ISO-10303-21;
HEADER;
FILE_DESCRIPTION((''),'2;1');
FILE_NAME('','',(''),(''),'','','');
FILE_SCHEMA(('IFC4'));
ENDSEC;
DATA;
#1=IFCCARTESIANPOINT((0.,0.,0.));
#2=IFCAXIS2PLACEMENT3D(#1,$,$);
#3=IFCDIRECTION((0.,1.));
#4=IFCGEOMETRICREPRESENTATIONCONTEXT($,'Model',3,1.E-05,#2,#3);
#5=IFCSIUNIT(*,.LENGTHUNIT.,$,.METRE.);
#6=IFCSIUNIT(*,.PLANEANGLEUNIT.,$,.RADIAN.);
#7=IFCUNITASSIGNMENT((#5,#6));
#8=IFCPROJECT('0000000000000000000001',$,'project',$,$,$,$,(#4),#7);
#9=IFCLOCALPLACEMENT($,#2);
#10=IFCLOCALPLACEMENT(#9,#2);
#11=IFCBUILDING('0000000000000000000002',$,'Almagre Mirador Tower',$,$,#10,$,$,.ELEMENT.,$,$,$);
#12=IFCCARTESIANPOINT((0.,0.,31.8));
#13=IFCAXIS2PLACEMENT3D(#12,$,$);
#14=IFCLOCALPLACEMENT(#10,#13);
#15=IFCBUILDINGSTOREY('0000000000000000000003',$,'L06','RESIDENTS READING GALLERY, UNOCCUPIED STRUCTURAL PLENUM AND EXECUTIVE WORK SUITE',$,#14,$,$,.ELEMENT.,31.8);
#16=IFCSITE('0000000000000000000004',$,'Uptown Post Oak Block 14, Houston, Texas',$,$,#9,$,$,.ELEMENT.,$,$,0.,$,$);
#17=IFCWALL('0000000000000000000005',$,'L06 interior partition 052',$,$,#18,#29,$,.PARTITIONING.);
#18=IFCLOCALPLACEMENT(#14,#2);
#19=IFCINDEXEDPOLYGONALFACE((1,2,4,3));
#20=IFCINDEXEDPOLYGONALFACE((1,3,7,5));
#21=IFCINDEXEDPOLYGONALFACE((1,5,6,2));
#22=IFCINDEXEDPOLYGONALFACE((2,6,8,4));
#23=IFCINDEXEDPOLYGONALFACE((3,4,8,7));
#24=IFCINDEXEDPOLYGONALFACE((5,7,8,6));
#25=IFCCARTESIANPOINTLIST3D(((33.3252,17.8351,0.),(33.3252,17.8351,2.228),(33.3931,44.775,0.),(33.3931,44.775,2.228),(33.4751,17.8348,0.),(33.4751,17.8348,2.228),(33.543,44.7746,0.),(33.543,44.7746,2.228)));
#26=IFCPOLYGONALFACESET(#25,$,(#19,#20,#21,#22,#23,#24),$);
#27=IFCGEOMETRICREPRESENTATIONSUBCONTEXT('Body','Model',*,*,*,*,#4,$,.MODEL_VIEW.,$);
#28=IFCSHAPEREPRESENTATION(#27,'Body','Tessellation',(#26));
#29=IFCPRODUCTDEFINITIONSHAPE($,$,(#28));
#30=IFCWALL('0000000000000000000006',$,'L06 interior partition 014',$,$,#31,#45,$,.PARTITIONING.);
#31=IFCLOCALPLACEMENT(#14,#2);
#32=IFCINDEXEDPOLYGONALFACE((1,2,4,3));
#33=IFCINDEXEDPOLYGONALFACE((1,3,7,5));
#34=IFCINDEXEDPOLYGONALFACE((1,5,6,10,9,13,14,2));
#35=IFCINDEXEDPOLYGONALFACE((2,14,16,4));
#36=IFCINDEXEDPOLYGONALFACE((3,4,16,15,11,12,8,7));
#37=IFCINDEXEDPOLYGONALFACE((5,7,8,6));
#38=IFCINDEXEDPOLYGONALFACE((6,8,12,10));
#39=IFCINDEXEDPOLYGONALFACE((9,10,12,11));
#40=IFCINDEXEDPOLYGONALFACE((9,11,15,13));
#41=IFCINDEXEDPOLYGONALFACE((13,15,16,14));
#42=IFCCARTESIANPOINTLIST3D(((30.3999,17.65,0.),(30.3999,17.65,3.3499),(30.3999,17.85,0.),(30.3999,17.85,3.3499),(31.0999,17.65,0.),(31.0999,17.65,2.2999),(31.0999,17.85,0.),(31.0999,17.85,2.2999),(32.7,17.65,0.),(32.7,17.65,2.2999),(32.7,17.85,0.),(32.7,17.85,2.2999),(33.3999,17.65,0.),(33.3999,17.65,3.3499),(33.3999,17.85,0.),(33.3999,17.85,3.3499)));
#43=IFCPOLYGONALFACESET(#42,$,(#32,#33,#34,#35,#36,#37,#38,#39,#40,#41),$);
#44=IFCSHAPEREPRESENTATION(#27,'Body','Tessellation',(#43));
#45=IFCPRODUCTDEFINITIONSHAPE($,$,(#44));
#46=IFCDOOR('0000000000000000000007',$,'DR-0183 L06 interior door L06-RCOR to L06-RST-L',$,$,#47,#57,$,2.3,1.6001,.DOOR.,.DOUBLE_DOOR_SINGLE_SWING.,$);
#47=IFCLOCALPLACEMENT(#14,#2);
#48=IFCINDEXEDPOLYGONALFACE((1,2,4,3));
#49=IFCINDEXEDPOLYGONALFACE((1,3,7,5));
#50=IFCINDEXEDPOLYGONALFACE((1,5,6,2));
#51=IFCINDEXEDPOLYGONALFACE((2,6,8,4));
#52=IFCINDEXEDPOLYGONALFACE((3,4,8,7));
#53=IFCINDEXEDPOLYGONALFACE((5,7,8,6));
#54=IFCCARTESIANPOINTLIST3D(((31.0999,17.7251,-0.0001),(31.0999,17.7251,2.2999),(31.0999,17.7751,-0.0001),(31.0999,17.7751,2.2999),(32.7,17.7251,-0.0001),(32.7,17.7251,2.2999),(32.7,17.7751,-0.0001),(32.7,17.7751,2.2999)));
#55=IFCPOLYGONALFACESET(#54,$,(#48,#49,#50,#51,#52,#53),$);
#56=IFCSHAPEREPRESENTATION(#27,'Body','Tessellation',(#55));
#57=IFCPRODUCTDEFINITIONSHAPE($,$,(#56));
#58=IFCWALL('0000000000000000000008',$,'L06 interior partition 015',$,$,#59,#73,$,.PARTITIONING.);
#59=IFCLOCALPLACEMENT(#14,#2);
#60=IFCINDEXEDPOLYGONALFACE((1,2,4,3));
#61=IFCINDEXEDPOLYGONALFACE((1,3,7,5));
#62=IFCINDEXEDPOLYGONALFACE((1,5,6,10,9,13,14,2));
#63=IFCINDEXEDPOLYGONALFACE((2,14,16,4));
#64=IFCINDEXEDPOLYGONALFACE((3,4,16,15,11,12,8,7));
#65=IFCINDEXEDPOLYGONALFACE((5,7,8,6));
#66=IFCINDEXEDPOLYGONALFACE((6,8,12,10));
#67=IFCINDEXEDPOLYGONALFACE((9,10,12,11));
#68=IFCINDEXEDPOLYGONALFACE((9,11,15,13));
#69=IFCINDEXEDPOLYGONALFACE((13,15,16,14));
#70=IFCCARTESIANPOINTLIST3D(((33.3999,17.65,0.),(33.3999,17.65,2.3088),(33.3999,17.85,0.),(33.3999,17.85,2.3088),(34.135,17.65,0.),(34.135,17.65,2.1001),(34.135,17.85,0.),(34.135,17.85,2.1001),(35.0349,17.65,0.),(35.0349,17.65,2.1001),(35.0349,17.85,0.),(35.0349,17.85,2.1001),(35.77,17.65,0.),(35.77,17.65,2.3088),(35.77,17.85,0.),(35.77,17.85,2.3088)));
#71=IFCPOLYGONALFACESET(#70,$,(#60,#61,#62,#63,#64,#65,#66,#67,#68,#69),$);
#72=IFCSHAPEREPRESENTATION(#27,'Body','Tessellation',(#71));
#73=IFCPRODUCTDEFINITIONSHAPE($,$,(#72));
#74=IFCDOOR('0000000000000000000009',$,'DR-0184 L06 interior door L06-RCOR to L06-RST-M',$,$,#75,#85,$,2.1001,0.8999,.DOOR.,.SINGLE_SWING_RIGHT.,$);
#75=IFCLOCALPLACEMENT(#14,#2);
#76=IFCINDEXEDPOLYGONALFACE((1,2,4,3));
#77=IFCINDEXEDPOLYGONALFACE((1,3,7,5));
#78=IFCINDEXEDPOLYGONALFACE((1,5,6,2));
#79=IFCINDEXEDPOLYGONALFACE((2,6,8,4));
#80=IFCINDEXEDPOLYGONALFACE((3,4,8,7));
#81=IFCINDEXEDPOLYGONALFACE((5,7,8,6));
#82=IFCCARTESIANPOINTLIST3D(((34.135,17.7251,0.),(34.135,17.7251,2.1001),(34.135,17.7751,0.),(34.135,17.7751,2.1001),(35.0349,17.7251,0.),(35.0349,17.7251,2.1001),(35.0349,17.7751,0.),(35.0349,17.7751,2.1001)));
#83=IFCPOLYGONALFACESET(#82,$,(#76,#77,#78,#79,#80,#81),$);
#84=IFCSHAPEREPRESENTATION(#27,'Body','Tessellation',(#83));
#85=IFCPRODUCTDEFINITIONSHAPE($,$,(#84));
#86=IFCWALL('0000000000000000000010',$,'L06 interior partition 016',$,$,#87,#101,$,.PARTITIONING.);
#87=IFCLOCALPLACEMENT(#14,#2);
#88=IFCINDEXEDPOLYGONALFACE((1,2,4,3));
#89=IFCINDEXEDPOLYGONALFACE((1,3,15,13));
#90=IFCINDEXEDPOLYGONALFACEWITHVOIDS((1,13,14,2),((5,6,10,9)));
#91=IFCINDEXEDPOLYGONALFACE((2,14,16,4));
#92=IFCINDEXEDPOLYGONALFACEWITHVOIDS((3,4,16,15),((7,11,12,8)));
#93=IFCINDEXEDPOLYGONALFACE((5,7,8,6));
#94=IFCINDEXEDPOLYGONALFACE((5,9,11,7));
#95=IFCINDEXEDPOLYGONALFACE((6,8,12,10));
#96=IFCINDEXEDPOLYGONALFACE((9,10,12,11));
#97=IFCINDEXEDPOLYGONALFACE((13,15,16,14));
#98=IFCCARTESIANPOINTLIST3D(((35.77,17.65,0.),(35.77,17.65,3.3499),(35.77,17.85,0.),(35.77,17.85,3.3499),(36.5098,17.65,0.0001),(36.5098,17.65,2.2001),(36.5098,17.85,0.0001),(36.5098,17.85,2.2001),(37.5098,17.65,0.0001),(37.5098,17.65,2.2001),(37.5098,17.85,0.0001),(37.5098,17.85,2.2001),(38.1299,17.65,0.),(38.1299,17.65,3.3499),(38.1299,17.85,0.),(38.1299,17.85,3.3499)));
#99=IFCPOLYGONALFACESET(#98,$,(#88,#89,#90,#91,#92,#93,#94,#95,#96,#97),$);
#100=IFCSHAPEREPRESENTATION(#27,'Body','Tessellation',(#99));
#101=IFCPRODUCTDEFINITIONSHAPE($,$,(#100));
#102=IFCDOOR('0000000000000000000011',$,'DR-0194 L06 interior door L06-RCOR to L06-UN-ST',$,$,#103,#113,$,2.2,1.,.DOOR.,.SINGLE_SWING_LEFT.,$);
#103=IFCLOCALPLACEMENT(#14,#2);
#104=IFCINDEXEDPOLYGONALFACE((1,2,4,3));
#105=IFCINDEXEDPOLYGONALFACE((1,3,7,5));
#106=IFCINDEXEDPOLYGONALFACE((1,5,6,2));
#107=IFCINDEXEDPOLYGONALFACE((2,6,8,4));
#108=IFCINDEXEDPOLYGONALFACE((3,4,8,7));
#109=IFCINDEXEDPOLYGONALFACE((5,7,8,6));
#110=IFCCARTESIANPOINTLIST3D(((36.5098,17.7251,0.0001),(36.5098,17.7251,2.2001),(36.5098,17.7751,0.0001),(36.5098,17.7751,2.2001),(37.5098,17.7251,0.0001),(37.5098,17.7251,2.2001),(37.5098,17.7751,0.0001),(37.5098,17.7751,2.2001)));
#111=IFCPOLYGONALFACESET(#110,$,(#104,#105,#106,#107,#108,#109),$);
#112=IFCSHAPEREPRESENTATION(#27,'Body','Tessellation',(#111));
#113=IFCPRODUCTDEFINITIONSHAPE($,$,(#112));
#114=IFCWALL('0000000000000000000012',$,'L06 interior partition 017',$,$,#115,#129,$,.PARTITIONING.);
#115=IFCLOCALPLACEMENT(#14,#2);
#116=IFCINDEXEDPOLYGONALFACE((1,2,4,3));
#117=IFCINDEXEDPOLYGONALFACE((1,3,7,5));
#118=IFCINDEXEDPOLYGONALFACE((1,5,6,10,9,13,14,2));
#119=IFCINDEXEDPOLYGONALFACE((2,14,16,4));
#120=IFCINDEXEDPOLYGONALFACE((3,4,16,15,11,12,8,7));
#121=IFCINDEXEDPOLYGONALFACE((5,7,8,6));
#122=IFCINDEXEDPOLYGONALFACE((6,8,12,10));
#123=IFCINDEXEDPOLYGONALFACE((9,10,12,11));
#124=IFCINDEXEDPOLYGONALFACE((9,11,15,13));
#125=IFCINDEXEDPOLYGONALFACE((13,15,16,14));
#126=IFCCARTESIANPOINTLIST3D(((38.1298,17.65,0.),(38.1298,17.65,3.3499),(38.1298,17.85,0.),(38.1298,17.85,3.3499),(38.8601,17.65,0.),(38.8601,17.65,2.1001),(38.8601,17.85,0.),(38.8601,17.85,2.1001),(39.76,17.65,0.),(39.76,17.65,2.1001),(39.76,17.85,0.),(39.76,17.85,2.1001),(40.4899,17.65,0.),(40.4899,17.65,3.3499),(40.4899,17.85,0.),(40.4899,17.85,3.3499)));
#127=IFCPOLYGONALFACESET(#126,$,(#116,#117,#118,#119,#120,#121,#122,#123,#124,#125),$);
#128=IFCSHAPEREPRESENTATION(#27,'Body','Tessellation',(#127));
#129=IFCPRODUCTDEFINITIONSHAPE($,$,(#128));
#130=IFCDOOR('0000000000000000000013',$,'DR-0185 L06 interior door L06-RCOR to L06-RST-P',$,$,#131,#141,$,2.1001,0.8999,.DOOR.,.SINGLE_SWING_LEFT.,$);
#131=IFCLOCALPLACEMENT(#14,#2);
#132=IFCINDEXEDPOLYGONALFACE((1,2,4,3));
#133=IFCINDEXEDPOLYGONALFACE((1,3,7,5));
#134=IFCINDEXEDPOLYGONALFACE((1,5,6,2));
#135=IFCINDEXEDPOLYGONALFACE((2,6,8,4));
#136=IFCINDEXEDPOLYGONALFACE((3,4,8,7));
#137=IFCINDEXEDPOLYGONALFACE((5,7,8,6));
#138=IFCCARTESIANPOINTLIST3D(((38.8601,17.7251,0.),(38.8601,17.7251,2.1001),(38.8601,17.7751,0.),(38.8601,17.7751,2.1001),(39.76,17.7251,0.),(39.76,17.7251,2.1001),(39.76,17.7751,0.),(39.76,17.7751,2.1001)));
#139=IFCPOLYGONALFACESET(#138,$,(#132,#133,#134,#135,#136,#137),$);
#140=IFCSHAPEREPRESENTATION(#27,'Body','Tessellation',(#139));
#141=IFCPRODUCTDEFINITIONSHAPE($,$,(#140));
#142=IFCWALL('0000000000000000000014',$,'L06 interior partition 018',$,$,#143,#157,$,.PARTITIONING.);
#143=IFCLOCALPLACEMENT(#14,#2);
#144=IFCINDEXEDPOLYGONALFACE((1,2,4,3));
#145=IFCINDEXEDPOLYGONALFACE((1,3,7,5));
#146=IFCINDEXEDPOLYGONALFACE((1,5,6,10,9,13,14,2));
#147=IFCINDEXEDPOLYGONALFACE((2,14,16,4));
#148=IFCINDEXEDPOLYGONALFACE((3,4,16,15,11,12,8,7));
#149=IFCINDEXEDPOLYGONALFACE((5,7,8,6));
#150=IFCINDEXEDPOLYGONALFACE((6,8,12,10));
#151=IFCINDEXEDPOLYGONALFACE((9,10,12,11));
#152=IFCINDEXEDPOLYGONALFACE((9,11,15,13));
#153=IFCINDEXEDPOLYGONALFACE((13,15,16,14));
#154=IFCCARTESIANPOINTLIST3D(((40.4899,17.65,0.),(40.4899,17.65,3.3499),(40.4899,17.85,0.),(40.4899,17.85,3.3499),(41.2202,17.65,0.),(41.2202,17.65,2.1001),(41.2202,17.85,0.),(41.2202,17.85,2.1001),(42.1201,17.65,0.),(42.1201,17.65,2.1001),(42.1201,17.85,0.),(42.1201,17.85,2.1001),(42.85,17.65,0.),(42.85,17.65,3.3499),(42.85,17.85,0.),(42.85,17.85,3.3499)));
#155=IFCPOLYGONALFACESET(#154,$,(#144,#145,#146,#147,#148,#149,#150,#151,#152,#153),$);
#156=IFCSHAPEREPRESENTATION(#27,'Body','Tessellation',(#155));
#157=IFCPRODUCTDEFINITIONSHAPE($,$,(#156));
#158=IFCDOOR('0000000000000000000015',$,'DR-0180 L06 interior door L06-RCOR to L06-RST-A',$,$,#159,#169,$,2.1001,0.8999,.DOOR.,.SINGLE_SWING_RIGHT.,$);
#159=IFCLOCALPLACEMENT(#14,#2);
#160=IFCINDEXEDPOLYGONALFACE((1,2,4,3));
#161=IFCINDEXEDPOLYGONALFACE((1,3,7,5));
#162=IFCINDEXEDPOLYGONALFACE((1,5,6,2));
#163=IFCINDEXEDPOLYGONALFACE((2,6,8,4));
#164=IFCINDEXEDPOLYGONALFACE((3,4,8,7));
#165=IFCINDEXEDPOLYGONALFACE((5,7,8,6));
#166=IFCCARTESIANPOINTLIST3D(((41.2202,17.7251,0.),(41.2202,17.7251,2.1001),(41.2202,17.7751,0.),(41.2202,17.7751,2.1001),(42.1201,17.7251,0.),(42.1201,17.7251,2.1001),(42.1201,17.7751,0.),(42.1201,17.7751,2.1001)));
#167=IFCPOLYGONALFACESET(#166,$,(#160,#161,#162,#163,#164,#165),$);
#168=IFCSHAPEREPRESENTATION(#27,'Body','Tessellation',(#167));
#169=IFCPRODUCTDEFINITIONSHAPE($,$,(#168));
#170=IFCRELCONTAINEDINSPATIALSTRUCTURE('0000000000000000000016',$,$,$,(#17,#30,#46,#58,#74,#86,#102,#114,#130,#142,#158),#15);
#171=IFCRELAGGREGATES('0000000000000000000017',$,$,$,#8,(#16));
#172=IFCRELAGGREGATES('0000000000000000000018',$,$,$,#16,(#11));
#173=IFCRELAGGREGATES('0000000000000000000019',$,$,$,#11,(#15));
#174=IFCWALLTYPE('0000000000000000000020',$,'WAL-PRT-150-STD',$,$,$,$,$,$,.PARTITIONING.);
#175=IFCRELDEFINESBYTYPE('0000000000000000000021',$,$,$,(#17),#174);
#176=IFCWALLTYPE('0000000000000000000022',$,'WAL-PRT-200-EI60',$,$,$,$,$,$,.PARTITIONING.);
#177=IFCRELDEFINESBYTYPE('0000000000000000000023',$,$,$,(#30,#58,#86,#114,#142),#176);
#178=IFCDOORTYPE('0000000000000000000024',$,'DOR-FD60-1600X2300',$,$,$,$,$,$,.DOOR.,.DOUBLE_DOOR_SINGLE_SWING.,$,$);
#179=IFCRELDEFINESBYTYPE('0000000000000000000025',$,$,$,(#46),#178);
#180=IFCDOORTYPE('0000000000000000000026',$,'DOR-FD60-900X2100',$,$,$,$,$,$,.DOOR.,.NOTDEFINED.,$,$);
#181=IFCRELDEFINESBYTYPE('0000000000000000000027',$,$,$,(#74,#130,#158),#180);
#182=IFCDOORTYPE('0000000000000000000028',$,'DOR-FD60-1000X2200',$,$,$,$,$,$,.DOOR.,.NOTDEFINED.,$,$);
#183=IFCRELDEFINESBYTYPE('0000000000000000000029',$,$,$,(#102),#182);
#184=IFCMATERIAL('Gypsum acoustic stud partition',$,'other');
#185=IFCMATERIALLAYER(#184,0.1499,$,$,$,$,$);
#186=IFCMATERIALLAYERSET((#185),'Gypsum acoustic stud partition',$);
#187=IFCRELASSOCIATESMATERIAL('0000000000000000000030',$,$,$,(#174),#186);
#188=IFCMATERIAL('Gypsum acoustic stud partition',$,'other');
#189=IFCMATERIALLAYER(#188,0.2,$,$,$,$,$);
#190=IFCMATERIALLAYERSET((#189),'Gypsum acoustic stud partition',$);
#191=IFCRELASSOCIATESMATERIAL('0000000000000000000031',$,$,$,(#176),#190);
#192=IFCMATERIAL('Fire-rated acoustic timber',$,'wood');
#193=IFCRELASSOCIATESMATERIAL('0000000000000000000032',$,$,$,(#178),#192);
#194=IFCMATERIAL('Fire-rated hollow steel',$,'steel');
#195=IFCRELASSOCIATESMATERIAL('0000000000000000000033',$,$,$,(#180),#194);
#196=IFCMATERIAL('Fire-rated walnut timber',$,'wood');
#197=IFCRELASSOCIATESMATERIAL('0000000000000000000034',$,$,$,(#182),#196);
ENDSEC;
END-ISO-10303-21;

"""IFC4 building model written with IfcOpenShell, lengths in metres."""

from ifc_helpers import new_model, si_unit, direction, frame, frame_2d, origin, place, context, subcontext, project, spatial, rectangle, extrude, material, layer, layer_set, type_object, element, fill, save


model = new_model("IFC4")

# Units and contexts
model_context = context("Model", 3, precision=1e-05, world=origin(), true_north=direction((0.0, 1.0)))
body_context = subcontext(model_context, "Body", "Model", "MODEL_VIEW")
ifc_project = project(units=[si_unit("LENGTHUNIT", "METRE"), si_unit("PLANEANGLEUNIT", "RADIAN")], contexts=[model_context])

# Site, building, storey
site_placement = place(None, origin())
site = spatial("IfcSite", under=ifc_project, at=site_placement, Name="Uptown Post Oak Block 14, Houston, Texas", CompositionType="ELEMENT", RefElevation=0.0)
building_placement = place(site_placement, origin())
building = spatial("IfcBuilding", under=site, at=building_placement, Name="Almagre Mirador Tower", CompositionType="ELEMENT")
storey_placement = place(building_placement, frame((0.0, 0.0, 31.8)))
storey = spatial("IfcBuildingStorey", under=building, at=storey_placement, Name="L06", Description="RESIDENTS READING GALLERY, UNOCCUPIED STRUCTURAL PLENUM AND EXECUTIVE WORK SUITE", CompositionType="ELEMENT", Elevation=31.8)

# Wall
ifc_material_1 = material(Name="Gypsum acoustic stud partition", Category="other")
ifc_layer_1 = layer(ifc_material_1, 0.1499)
ifc_layer_set_1 = layer_set([ifc_layer_1], Name="Gypsum acoustic stud partition")
wall_type_1 = type_object("IfcWallType", Name="WAL-PRT-150-STD", PredefinedType="PARTITIONING", material=ifc_layer_set_1)
wall_1_placement = place(storey_placement, frame((33.4001, 17.835, 0.0), z_axis=(0.0, 0.0, 1.0), x_axis=(0.002519, 0.999997, 0.0)))
element("IfcWall", 1, at=wall_1_placement, inside=storey, type_object=wall_type_1, Name="L06 interior partition 052", PredefinedType="PARTITIONING", context=body_context, shape_type="SweptSolid", body=[
    extrude(rectangle(XDim=26.9399, YDim=0.1499, at=frame_2d((13.47, 0.0))), origin(), (0.0, 0.0, 1.0), 2.228),
])

# Walls, openings, doors
ifc_material_2 = material(Name="Gypsum acoustic stud partition", Category="other")
ifc_layer_2 = layer(ifc_material_2, 0.2)
ifc_layer_set_2 = layer_set([ifc_layer_2], Name="Gypsum acoustic stud partition")
wall_type_2 = type_object("IfcWallType", Name="WAL-PRT-200-EI60", PredefinedType="PARTITIONING", material=ifc_layer_set_2)
wall_2_placement = place(storey_placement, frame((33.3999, 17.75, 0.0), z_axis=(0.0, 0.0, 1.0), x_axis=(-1.0, 0.0, 0.0)))
wall_2 = element("IfcWall", 2, at=wall_2_placement, inside=storey, type_object=wall_type_2, Name="L06 interior partition 014", PredefinedType="PARTITIONING", context=body_context, shape_type="SweptSolid", body=[
    extrude(rectangle(XDim=3.0, YDim=0.2, at=frame_2d((1.5, 0.0))), origin(), (0.0, 0.0, 1.0), 3.3499),
])
opening_1_placement = place(wall_2_placement, frame((0.7, 0.0, 0.0)))
opening_1 = element("IfcOpeningElement", 3, at=opening_1_placement, cuts=wall_2, PredefinedType="OPENING", context=body_context, shape_type="SweptSolid", body=[
    extrude(rectangle(XDim=1.6001, YDim=2.3, at=frame_2d((0.8, 1.1499))), frame((0.0, 0.1101, 0.0), z_axis=(0.0, -1.0, 0.0), x_axis=(1.0, 0.0, 0.0)), (0.0, 0.0, 1.0), 0.22),
])
ifc_material_3 = material(Name="Fire-rated acoustic timber", Category="wood")
door_type_1 = type_object("IfcDoorType", Name="DOR-FD60-1600X2300", OperationType="DOUBLE_DOOR_SINGLE_SWING", PredefinedType="DOOR", material=ifc_material_3)
door_1_placement = place(opening_1_placement, origin())
door_1 = element("IfcDoor", 4, at=door_1_placement, inside=storey, type_object=door_type_1, Name="DR-0183 L06 interior door L06-RCOR to L06-RST-L", OperationType="DOUBLE_DOOR_SINGLE_SWING", OverallHeight=2.3, OverallWidth=1.6001, PredefinedType="DOOR", context=body_context, shape_type="SweptSolid", body=[
    extrude(rectangle(XDim=1.6001, YDim=2.3, at=frame_2d((0.8, 1.1499))), frame((0.0, 0.0249, 0.0), z_axis=(0.0, -1.0, 0.0), x_axis=(1.0, 0.0, 0.0)), (0.0, 0.0, 1.0), 0.05),
])
fill(opening_1, door_1)
wall_3_placement = place(storey_placement, frame((35.77, 17.75, 0.0), z_axis=(0.0, 0.0, 1.0), x_axis=(-1.0, 0.0, 0.0)))
wall_3 = element("IfcWall", 5, at=wall_3_placement, inside=storey, type_object=wall_type_2, Name="L06 interior partition 015", PredefinedType="PARTITIONING", context=body_context, shape_type="SweptSolid", body=[
    extrude(rectangle(XDim=2.3701, YDim=0.2, at=frame_2d((1.1851, 0.0))), origin(), (0.0, 0.0, 1.0), 2.3088),
])
opening_2_placement = place(wall_3_placement, frame((0.7351, 0.0, 0.0)))
opening_2 = element("IfcOpeningElement", 6, at=opening_2_placement, cuts=wall_3, PredefinedType="OPENING", context=body_context, shape_type="SweptSolid", body=[
    extrude(rectangle(XDim=0.8999, YDim=2.1001, at=frame_2d((0.45, 1.05))), frame((0.0, 0.1101, 0.0), z_axis=(0.0, -1.0, 0.0), x_axis=(1.0, 0.0, 0.0)), (0.0, 0.0, 1.0), 0.22),
])
ifc_material_4 = material(Name="Fire-rated hollow steel", Category="steel")
door_type_2 = type_object("IfcDoorType", Name="DOR-FD60-900X2100", OperationType="NOTDEFINED", PredefinedType="DOOR", material=ifc_material_4)
door_2_placement = place(opening_2_placement, origin())
door_2 = element("IfcDoor", 7, at=door_2_placement, inside=storey, type_object=door_type_2, Name="DR-0184 L06 interior door L06-RCOR to L06-RST-M", OperationType="SINGLE_SWING_RIGHT", OverallHeight=2.1001, OverallWidth=0.8999, PredefinedType="DOOR", context=body_context, shape_type="SweptSolid", body=[
    extrude(rectangle(XDim=0.8999, YDim=2.1001, at=frame_2d((0.45, 1.05))), frame((0.0, 0.0249, 0.0), z_axis=(0.0, -1.0, 0.0), x_axis=(1.0, 0.0, 0.0)), (0.0, 0.0, 1.0), 0.05),
])
fill(opening_2, door_2)
wall_4_placement = place(storey_placement, frame((38.1299, 17.75, 0.0), z_axis=(0.0, 0.0, 1.0), x_axis=(-1.0, 0.0, 0.0)))
wall_4 = element("IfcWall", 8, at=wall_4_placement, inside=storey, type_object=wall_type_2, Name="L06 interior partition 016", PredefinedType="PARTITIONING", context=body_context, shape_type="SweptSolid", body=[
    extrude(rectangle(XDim=2.3599, YDim=0.2, at=frame_2d((1.1799, 0.0))), origin(), (0.0, 0.0, 1.0), 3.3499),
])
opening_3_placement = place(wall_4_placement, frame((0.6201, 0.0, 0.0)))
opening_3 = element("IfcOpeningElement", 9, at=opening_3_placement, cuts=wall_4, PredefinedType="OPENING", context=body_context, shape_type="SweptSolid", body=[
    extrude(rectangle(XDim=1.0, YDim=2.2, at=frame_2d((0.5, 1.1001))), frame((0.0, 0.1101, 0.0), z_axis=(0.0, -1.0, 0.0), x_axis=(1.0, 0.0, 0.0)), (0.0, 0.0, 1.0), 0.22),
])
ifc_material_5 = material(Name="Fire-rated walnut timber", Category="wood")
door_type_3 = type_object("IfcDoorType", Name="DOR-FD60-1000X2200", OperationType="NOTDEFINED", PredefinedType="DOOR", material=ifc_material_5)
door_3_placement = place(opening_3_placement, origin())
door_3 = element("IfcDoor", 10, at=door_3_placement, inside=storey, type_object=door_type_3, Name="DR-0194 L06 interior door L06-RCOR to L06-UN-ST", OperationType="SINGLE_SWING_LEFT", OverallHeight=2.2, OverallWidth=1.0, PredefinedType="DOOR", context=body_context, shape_type="SweptSolid", body=[
    extrude(rectangle(XDim=1.0, YDim=2.2, at=frame_2d((0.5, 1.1001))), frame((0.0, 0.0249, 0.0), z_axis=(0.0, -1.0, 0.0), x_axis=(1.0, 0.0, 0.0)), (0.0, 0.0, 1.0), 0.05),
])
fill(opening_3, door_3)
wall_5_placement = place(storey_placement, frame((40.49, 17.75, 0.0), z_axis=(0.0, 0.0, 1.0), x_axis=(-1.0, 0.0, 0.0)))
wall_5 = element("IfcWall", 11, at=wall_5_placement, inside=storey, type_object=wall_type_2, Name="L06 interior partition 017", PredefinedType="PARTITIONING", context=body_context, shape_type="SweptSolid", body=[
    extrude(rectangle(XDim=2.3601, YDim=0.2, at=frame_2d((1.1802, 0.0))), origin(), (0.0, 0.0, 1.0), 3.3499),
])
opening_4_placement = place(wall_5_placement, frame((0.73, 0.0, 0.0)))
opening_4 = element("IfcOpeningElement", 12, at=opening_4_placement, cuts=wall_5, PredefinedType="OPENING", context=body_context, shape_type="SweptSolid", body=[
    extrude(rectangle(XDim=0.8999, YDim=2.1001, at=frame_2d((0.45, 1.05))), frame((0.0, 0.1101, 0.0), z_axis=(0.0, -1.0, 0.0), x_axis=(1.0, 0.0, 0.0)), (0.0, 0.0, 1.0), 0.22),
])
door_4_placement = place(opening_4_placement, origin())
door_4 = element("IfcDoor", 13, at=door_4_placement, inside=storey, type_object=door_type_2, Name="DR-0185 L06 interior door L06-RCOR to L06-RST-P", OperationType="SINGLE_SWING_LEFT", OverallHeight=2.1001, OverallWidth=0.8999, PredefinedType="DOOR", context=body_context, shape_type="SweptSolid", body=[
    extrude(rectangle(XDim=0.8999, YDim=2.1001, at=frame_2d((0.45, 1.05))), frame((0.0, 0.0249, 0.0), z_axis=(0.0, -1.0, 0.0), x_axis=(1.0, 0.0, 0.0)), (0.0, 0.0, 1.0), 0.05),
])
fill(opening_4, door_4)
wall_6_placement = place(storey_placement, frame((42.8501, 17.75, 0.0), z_axis=(0.0, 0.0, 1.0), x_axis=(-1.0, 0.0, 0.0)))
wall_6 = element("IfcWall", 14, at=wall_6_placement, inside=storey, type_object=wall_type_2, Name="L06 interior partition 018", PredefinedType="PARTITIONING", context=body_context, shape_type="SweptSolid", body=[
    extrude(rectangle(XDim=2.3601, YDim=0.2, at=frame_2d((1.1802, 0.0))), origin(), (0.0, 0.0, 1.0), 3.3499),
])
opening_5_placement = place(wall_6_placement, frame((0.73, 0.0, 0.0)))
opening_5 = element("IfcOpeningElement", 15, at=opening_5_placement, cuts=wall_6, PredefinedType="OPENING", context=body_context, shape_type="SweptSolid", body=[
    extrude(rectangle(XDim=0.8999, YDim=2.1001, at=frame_2d((0.45, 1.05))), frame((0.0, 0.1101, 0.0), z_axis=(0.0, -1.0, 0.0), x_axis=(1.0, 0.0, 0.0)), (0.0, 0.0, 1.0), 0.22),
])
door_5_placement = place(opening_5_placement, origin())
door_5 = element("IfcDoor", 16, at=door_5_placement, inside=storey, type_object=door_type_2, Name="DR-0180 L06 interior door L06-RCOR to L06-RST-A", OperationType="SINGLE_SWING_RIGHT", OverallHeight=2.1001, OverallWidth=0.8999, PredefinedType="DOOR", context=body_context, shape_type="SweptSolid", body=[
    extrude(rectangle(XDim=0.8999, YDim=2.1001, at=frame_2d((0.45, 1.05))), frame((0.0, 0.0249, 0.0), z_axis=(0.0, -1.0, 0.0), x_axis=(1.0, 0.0, 0.0)), (0.0, 0.0, 1.0), 0.05),
])
fill(opening_5, door_5)

save(model, "model.ifc")
